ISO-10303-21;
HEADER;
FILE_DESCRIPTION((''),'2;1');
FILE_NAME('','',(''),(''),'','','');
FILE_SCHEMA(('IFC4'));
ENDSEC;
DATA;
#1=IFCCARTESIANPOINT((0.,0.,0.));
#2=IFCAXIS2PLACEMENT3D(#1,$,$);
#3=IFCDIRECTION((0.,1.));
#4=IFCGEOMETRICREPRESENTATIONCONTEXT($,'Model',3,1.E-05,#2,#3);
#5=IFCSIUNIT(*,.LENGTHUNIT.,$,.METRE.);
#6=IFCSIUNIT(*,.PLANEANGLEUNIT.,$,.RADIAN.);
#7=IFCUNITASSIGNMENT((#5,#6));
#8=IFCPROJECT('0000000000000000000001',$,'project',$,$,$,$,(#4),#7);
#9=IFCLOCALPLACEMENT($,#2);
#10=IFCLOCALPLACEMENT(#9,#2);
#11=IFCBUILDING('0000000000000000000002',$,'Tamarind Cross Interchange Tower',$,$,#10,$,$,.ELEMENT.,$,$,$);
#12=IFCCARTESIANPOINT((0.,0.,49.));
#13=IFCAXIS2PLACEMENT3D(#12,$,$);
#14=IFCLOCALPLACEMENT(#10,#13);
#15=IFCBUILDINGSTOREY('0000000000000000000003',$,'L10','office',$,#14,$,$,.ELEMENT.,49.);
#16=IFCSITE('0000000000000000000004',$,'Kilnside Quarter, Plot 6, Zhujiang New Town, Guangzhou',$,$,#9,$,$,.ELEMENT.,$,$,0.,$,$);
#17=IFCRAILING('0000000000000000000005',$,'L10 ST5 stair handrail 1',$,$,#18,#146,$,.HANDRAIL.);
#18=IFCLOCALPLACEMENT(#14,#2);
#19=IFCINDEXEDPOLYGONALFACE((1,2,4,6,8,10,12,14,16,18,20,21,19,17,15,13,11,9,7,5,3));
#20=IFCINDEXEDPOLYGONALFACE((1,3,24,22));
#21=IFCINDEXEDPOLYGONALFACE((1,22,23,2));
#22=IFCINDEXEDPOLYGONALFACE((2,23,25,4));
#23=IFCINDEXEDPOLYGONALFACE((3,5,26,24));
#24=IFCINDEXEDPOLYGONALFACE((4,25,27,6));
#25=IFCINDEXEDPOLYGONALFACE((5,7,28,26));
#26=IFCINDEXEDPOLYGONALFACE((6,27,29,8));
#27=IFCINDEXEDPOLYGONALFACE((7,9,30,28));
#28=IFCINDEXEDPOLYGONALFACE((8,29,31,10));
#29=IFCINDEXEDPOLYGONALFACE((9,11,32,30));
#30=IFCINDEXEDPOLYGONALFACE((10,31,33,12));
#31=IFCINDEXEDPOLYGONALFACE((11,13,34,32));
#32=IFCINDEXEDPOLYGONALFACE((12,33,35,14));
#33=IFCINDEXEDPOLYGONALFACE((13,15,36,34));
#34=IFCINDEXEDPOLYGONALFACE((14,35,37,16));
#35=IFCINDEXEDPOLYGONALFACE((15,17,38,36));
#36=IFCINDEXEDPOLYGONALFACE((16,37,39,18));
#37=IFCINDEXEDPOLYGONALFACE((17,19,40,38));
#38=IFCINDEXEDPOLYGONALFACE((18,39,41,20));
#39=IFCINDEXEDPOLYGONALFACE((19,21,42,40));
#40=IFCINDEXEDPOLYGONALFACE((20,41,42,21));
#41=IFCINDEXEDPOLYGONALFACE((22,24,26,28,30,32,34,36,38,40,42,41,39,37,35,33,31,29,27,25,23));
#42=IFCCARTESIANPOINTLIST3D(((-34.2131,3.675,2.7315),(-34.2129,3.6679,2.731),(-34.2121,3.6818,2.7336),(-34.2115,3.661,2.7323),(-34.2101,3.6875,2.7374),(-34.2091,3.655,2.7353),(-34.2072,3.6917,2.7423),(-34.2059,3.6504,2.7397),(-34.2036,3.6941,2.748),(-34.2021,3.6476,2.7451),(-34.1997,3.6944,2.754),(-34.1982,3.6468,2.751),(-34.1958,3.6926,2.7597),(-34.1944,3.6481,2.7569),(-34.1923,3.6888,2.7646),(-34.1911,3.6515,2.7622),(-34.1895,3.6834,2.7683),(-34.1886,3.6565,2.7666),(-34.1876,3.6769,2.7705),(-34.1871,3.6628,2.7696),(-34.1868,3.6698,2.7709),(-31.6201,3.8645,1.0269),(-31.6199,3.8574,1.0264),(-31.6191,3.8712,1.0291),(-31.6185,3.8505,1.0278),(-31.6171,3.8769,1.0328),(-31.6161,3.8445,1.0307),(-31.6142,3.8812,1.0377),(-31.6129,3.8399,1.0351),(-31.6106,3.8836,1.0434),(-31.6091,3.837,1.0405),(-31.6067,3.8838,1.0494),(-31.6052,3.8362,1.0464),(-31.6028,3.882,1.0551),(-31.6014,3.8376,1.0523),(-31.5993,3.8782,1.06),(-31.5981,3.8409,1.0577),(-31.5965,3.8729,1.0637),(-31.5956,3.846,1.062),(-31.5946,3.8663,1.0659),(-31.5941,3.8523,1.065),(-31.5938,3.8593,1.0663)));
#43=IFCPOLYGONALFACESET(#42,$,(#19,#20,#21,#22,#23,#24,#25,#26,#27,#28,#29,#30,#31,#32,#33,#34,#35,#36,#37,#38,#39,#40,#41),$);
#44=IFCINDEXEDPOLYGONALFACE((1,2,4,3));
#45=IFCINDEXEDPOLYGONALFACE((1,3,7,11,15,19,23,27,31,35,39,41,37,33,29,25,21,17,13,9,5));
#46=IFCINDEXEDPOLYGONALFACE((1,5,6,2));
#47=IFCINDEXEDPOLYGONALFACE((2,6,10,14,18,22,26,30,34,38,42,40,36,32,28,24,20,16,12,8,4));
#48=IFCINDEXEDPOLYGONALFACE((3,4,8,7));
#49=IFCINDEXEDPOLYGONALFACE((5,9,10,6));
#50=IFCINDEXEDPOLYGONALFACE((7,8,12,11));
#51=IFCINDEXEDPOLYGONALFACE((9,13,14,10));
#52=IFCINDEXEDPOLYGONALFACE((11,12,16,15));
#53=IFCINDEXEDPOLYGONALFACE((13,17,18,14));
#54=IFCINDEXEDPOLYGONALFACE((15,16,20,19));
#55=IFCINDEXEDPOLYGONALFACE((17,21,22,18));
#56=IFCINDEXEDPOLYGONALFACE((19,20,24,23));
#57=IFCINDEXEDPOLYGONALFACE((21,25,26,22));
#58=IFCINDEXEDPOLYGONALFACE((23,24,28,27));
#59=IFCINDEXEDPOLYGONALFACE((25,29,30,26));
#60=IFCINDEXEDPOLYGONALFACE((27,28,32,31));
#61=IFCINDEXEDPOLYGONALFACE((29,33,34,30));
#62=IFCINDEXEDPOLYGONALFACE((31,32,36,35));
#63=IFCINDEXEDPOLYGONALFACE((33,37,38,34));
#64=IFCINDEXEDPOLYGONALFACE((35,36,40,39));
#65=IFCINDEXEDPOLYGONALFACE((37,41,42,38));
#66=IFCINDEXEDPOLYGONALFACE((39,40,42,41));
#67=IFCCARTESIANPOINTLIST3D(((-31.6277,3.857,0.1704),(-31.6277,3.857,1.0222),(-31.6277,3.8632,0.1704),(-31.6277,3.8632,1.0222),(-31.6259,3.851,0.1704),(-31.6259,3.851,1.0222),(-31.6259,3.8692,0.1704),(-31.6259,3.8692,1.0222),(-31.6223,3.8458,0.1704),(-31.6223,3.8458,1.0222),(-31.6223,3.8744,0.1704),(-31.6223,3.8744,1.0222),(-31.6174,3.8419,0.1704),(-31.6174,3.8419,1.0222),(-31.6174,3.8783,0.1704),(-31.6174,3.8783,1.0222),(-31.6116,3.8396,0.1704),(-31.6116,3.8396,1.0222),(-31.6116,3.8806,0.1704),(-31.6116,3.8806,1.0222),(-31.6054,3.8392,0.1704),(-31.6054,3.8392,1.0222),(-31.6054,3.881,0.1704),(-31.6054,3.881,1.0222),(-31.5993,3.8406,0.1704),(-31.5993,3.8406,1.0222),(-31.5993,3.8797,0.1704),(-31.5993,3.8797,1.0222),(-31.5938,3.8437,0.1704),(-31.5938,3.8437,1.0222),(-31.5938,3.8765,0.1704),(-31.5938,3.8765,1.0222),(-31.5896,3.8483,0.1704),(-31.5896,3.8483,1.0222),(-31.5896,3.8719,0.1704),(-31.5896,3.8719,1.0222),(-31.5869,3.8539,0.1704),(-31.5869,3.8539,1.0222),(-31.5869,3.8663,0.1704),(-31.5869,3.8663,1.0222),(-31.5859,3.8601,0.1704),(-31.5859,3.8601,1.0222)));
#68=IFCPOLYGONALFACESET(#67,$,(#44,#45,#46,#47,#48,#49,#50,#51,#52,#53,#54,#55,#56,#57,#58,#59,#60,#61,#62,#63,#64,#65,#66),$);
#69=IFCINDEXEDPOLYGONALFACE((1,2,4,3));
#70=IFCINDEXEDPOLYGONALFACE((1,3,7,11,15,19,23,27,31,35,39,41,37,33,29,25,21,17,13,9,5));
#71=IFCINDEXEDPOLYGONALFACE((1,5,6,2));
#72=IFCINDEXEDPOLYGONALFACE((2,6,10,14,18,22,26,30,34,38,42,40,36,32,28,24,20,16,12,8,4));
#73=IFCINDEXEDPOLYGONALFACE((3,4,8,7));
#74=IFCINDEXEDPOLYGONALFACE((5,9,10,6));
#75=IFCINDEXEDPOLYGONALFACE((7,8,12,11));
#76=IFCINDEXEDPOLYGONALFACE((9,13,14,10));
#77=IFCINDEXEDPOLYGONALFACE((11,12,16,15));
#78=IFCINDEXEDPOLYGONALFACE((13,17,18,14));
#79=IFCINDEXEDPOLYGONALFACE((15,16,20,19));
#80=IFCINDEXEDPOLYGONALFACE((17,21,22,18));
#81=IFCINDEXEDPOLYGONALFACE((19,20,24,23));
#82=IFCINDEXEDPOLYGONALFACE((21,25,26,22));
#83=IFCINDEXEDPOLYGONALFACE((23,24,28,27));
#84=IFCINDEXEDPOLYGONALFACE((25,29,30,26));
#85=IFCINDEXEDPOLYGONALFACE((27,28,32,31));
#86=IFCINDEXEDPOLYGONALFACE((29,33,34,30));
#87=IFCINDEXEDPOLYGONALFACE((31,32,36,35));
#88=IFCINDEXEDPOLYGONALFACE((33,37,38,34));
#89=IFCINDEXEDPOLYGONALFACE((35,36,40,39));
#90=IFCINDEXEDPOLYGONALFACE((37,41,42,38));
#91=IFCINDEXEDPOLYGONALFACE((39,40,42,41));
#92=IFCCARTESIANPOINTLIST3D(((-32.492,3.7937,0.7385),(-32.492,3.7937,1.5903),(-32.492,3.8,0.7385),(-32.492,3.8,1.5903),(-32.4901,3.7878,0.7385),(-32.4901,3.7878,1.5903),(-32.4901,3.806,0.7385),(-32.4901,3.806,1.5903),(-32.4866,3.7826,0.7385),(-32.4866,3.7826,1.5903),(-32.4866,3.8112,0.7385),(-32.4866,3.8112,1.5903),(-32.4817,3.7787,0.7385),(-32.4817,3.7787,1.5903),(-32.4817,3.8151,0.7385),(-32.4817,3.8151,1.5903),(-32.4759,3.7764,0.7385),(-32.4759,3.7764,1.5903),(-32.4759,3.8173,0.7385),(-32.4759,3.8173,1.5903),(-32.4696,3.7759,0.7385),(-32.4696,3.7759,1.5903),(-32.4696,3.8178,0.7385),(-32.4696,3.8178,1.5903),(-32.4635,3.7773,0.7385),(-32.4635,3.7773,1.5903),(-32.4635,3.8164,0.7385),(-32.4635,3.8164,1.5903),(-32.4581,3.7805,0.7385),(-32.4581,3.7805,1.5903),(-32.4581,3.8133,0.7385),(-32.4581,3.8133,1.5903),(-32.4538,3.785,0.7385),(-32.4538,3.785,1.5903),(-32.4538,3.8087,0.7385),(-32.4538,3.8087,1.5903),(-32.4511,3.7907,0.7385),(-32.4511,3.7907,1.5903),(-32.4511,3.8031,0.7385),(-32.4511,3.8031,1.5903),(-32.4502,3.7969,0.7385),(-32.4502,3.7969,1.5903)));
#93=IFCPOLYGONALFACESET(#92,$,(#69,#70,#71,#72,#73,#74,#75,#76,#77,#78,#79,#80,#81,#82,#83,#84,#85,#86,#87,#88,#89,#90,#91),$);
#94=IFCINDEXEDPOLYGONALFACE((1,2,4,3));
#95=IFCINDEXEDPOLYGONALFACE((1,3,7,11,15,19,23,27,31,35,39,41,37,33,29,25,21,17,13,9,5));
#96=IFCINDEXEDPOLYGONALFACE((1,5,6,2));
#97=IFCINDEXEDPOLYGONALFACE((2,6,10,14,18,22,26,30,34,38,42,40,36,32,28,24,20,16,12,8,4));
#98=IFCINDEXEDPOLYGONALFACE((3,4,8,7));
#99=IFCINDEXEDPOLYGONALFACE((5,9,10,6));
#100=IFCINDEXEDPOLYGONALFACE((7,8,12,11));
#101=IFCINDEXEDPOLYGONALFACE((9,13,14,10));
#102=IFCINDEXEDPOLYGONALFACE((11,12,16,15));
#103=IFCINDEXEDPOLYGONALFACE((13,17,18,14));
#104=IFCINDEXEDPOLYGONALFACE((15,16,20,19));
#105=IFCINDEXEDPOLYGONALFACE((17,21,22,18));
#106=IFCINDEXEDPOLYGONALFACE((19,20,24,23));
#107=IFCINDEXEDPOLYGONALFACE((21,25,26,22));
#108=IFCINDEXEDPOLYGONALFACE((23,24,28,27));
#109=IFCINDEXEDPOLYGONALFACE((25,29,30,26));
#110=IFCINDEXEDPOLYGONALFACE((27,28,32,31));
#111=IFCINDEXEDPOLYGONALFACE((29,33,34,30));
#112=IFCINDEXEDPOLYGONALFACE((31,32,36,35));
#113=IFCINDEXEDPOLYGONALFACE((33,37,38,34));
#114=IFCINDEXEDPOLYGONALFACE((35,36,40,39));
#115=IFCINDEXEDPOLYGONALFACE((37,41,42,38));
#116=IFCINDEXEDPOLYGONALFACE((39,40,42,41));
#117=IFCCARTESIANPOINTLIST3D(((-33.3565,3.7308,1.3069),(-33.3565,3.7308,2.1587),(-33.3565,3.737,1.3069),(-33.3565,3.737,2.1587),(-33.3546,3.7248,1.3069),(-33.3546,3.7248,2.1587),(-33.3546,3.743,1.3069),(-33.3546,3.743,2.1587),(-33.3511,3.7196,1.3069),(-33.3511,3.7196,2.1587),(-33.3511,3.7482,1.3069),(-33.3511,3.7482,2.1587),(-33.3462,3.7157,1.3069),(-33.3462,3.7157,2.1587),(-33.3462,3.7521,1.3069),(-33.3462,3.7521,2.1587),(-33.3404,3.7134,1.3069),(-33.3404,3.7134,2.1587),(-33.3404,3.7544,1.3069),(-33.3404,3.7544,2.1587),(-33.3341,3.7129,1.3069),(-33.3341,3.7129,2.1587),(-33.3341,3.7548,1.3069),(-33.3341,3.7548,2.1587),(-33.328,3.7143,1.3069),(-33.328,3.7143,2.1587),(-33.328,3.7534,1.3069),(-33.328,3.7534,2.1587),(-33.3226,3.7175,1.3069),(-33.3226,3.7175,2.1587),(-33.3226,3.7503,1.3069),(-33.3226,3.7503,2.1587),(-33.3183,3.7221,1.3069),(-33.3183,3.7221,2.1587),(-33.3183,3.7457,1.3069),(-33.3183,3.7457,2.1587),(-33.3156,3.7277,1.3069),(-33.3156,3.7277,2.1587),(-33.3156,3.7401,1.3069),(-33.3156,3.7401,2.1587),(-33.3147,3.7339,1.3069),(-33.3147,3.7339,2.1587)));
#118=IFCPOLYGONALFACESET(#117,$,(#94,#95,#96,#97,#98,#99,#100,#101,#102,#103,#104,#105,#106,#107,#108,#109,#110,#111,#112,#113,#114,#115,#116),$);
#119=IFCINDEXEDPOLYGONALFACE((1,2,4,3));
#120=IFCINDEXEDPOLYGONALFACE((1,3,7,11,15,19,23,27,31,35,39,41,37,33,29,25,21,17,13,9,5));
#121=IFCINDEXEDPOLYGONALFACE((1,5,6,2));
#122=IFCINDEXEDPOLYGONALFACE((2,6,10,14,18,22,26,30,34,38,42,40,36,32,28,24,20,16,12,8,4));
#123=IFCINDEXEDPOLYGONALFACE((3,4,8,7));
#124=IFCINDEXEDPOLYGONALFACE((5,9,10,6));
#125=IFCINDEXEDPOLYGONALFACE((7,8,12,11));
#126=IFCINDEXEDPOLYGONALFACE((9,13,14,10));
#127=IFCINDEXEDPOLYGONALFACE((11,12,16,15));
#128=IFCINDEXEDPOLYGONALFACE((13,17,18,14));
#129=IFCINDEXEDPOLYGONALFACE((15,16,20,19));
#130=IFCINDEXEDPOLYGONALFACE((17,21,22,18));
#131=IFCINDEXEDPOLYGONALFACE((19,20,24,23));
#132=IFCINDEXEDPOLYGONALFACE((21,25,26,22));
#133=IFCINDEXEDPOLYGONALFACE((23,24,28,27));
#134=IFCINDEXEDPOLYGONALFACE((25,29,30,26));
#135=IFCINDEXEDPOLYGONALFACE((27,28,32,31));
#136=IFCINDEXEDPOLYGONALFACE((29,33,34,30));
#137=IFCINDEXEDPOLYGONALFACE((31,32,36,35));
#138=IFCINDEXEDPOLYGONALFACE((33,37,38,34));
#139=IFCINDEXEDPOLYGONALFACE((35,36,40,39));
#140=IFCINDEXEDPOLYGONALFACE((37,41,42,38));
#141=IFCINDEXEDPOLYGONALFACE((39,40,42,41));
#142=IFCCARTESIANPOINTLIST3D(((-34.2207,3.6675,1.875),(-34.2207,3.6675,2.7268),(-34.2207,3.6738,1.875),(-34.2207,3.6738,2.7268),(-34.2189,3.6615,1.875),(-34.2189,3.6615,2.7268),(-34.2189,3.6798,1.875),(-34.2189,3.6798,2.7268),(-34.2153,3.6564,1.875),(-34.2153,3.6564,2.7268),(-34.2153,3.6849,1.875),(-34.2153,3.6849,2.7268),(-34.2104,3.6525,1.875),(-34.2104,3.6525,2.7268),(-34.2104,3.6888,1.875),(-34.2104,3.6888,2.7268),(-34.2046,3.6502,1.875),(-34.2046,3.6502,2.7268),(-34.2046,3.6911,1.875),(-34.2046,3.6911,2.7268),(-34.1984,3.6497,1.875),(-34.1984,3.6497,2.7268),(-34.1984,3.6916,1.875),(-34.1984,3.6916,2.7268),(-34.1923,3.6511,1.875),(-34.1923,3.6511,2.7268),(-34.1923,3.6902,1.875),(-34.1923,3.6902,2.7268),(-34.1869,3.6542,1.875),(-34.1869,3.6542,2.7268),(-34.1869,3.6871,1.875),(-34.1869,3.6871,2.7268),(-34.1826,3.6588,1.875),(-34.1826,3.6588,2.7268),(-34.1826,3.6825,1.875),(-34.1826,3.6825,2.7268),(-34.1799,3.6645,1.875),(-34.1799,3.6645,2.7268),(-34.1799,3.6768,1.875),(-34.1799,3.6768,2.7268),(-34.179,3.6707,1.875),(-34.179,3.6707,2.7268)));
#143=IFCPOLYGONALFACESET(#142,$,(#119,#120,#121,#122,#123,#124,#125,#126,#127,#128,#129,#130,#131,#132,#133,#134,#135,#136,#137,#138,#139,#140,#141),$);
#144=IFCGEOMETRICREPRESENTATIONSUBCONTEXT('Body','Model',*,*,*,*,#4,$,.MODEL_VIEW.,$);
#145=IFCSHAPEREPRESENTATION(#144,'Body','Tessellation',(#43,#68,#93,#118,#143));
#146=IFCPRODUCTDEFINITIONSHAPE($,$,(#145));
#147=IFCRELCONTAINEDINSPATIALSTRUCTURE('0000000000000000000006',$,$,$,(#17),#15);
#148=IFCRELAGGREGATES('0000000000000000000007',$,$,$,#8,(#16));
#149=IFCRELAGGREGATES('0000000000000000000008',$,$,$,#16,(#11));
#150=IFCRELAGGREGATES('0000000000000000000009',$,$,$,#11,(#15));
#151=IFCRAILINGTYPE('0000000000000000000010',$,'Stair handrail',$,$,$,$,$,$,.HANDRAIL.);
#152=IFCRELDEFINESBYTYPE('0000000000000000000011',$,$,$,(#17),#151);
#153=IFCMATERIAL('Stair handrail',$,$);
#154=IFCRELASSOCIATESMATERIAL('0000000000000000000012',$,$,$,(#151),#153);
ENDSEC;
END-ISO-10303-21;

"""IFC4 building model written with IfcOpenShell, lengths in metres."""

from ifc_helpers import new_model, si_unit, direction, frame, origin, origin_2d, place, context, subcontext, project, spatial, circle, extrude, material, type_object, element, save


model = new_model("IFC4")

# Units and contexts
model_context = context("Model", 3, precision=1e-05, world=origin(), true_north=direction((0.0, 1.0)))
body_context = subcontext(model_context, "Body", "Model", "MODEL_VIEW")
ifc_project = project(units=[si_unit("LENGTHUNIT", "METRE"), si_unit("PLANEANGLEUNIT", "RADIAN")], contexts=[model_context])

# Site, building, storey
site_placement = place(None, origin())
site = spatial("IfcSite", under=ifc_project, at=site_placement, Name="Kilnside Quarter, Plot 6, Zhujiang New Town, Guangzhou", CompositionType="ELEMENT", RefElevation=0.0)
building_placement = place(site_placement, origin())
building = spatial("IfcBuilding", under=site, at=building_placement, Name="Tamarind Cross Interchange Tower", CompositionType="ELEMENT")
storey_placement = place(building_placement, frame((0.0, 0.0, 49.0)))
storey = spatial("IfcBuildingStorey", under=building, at=storey_placement, Name="L10", Description="office", CompositionType="ELEMENT", Elevation=49.0)

# Railing
ifc_material_1 = material(Name="Stair handrail")
railing_type_1 = type_object("IfcRailingType", Name="Stair handrail", PredefinedType="HANDRAIL", material=ifc_material_1)
railing_1_placement = place(storey_placement, frame((-31.6069, 3.8601, 0.1704)))
element("IfcRailing", 1, at=railing_1_placement, inside=storey, type_object=railing_type_1, Name="L10 ST5 stair handrail 1", PredefinedType="HANDRAIL", context=body_context, shape_type="SweptSolid", body=[
    extrude(circle(Radius=0.0239, at=origin_2d()), frame((0.0, 0.0, 0.876), z_axis=(-0.834063, -0.060939, 0.548294), x_axis=(0.072869, -0.997342, 0.0)), (0.0, 0.0, 1.0), 3.1089),
    extrude(circle(Radius=0.021, at=origin_2d()), origin(), (0.0, 0.0, 1.0), 0.8518),
    extrude(circle(Radius=0.021, at=origin_2d()), frame((-0.8643, -0.0632, 0.5681)), (0.0, 0.0, 1.0), 0.8518),
    extrude(circle(Radius=0.021, at=origin_2d()), frame((-1.7288, -0.1262, 1.1365)), (0.0, 0.0, 1.0), 0.8518),
    extrude(circle(Radius=0.021, at=origin_2d()), frame((-2.593, -0.1895, 1.7046)), (0.0, 0.0, 1.0), 0.8518),
])

save(model, "model.ifc")
